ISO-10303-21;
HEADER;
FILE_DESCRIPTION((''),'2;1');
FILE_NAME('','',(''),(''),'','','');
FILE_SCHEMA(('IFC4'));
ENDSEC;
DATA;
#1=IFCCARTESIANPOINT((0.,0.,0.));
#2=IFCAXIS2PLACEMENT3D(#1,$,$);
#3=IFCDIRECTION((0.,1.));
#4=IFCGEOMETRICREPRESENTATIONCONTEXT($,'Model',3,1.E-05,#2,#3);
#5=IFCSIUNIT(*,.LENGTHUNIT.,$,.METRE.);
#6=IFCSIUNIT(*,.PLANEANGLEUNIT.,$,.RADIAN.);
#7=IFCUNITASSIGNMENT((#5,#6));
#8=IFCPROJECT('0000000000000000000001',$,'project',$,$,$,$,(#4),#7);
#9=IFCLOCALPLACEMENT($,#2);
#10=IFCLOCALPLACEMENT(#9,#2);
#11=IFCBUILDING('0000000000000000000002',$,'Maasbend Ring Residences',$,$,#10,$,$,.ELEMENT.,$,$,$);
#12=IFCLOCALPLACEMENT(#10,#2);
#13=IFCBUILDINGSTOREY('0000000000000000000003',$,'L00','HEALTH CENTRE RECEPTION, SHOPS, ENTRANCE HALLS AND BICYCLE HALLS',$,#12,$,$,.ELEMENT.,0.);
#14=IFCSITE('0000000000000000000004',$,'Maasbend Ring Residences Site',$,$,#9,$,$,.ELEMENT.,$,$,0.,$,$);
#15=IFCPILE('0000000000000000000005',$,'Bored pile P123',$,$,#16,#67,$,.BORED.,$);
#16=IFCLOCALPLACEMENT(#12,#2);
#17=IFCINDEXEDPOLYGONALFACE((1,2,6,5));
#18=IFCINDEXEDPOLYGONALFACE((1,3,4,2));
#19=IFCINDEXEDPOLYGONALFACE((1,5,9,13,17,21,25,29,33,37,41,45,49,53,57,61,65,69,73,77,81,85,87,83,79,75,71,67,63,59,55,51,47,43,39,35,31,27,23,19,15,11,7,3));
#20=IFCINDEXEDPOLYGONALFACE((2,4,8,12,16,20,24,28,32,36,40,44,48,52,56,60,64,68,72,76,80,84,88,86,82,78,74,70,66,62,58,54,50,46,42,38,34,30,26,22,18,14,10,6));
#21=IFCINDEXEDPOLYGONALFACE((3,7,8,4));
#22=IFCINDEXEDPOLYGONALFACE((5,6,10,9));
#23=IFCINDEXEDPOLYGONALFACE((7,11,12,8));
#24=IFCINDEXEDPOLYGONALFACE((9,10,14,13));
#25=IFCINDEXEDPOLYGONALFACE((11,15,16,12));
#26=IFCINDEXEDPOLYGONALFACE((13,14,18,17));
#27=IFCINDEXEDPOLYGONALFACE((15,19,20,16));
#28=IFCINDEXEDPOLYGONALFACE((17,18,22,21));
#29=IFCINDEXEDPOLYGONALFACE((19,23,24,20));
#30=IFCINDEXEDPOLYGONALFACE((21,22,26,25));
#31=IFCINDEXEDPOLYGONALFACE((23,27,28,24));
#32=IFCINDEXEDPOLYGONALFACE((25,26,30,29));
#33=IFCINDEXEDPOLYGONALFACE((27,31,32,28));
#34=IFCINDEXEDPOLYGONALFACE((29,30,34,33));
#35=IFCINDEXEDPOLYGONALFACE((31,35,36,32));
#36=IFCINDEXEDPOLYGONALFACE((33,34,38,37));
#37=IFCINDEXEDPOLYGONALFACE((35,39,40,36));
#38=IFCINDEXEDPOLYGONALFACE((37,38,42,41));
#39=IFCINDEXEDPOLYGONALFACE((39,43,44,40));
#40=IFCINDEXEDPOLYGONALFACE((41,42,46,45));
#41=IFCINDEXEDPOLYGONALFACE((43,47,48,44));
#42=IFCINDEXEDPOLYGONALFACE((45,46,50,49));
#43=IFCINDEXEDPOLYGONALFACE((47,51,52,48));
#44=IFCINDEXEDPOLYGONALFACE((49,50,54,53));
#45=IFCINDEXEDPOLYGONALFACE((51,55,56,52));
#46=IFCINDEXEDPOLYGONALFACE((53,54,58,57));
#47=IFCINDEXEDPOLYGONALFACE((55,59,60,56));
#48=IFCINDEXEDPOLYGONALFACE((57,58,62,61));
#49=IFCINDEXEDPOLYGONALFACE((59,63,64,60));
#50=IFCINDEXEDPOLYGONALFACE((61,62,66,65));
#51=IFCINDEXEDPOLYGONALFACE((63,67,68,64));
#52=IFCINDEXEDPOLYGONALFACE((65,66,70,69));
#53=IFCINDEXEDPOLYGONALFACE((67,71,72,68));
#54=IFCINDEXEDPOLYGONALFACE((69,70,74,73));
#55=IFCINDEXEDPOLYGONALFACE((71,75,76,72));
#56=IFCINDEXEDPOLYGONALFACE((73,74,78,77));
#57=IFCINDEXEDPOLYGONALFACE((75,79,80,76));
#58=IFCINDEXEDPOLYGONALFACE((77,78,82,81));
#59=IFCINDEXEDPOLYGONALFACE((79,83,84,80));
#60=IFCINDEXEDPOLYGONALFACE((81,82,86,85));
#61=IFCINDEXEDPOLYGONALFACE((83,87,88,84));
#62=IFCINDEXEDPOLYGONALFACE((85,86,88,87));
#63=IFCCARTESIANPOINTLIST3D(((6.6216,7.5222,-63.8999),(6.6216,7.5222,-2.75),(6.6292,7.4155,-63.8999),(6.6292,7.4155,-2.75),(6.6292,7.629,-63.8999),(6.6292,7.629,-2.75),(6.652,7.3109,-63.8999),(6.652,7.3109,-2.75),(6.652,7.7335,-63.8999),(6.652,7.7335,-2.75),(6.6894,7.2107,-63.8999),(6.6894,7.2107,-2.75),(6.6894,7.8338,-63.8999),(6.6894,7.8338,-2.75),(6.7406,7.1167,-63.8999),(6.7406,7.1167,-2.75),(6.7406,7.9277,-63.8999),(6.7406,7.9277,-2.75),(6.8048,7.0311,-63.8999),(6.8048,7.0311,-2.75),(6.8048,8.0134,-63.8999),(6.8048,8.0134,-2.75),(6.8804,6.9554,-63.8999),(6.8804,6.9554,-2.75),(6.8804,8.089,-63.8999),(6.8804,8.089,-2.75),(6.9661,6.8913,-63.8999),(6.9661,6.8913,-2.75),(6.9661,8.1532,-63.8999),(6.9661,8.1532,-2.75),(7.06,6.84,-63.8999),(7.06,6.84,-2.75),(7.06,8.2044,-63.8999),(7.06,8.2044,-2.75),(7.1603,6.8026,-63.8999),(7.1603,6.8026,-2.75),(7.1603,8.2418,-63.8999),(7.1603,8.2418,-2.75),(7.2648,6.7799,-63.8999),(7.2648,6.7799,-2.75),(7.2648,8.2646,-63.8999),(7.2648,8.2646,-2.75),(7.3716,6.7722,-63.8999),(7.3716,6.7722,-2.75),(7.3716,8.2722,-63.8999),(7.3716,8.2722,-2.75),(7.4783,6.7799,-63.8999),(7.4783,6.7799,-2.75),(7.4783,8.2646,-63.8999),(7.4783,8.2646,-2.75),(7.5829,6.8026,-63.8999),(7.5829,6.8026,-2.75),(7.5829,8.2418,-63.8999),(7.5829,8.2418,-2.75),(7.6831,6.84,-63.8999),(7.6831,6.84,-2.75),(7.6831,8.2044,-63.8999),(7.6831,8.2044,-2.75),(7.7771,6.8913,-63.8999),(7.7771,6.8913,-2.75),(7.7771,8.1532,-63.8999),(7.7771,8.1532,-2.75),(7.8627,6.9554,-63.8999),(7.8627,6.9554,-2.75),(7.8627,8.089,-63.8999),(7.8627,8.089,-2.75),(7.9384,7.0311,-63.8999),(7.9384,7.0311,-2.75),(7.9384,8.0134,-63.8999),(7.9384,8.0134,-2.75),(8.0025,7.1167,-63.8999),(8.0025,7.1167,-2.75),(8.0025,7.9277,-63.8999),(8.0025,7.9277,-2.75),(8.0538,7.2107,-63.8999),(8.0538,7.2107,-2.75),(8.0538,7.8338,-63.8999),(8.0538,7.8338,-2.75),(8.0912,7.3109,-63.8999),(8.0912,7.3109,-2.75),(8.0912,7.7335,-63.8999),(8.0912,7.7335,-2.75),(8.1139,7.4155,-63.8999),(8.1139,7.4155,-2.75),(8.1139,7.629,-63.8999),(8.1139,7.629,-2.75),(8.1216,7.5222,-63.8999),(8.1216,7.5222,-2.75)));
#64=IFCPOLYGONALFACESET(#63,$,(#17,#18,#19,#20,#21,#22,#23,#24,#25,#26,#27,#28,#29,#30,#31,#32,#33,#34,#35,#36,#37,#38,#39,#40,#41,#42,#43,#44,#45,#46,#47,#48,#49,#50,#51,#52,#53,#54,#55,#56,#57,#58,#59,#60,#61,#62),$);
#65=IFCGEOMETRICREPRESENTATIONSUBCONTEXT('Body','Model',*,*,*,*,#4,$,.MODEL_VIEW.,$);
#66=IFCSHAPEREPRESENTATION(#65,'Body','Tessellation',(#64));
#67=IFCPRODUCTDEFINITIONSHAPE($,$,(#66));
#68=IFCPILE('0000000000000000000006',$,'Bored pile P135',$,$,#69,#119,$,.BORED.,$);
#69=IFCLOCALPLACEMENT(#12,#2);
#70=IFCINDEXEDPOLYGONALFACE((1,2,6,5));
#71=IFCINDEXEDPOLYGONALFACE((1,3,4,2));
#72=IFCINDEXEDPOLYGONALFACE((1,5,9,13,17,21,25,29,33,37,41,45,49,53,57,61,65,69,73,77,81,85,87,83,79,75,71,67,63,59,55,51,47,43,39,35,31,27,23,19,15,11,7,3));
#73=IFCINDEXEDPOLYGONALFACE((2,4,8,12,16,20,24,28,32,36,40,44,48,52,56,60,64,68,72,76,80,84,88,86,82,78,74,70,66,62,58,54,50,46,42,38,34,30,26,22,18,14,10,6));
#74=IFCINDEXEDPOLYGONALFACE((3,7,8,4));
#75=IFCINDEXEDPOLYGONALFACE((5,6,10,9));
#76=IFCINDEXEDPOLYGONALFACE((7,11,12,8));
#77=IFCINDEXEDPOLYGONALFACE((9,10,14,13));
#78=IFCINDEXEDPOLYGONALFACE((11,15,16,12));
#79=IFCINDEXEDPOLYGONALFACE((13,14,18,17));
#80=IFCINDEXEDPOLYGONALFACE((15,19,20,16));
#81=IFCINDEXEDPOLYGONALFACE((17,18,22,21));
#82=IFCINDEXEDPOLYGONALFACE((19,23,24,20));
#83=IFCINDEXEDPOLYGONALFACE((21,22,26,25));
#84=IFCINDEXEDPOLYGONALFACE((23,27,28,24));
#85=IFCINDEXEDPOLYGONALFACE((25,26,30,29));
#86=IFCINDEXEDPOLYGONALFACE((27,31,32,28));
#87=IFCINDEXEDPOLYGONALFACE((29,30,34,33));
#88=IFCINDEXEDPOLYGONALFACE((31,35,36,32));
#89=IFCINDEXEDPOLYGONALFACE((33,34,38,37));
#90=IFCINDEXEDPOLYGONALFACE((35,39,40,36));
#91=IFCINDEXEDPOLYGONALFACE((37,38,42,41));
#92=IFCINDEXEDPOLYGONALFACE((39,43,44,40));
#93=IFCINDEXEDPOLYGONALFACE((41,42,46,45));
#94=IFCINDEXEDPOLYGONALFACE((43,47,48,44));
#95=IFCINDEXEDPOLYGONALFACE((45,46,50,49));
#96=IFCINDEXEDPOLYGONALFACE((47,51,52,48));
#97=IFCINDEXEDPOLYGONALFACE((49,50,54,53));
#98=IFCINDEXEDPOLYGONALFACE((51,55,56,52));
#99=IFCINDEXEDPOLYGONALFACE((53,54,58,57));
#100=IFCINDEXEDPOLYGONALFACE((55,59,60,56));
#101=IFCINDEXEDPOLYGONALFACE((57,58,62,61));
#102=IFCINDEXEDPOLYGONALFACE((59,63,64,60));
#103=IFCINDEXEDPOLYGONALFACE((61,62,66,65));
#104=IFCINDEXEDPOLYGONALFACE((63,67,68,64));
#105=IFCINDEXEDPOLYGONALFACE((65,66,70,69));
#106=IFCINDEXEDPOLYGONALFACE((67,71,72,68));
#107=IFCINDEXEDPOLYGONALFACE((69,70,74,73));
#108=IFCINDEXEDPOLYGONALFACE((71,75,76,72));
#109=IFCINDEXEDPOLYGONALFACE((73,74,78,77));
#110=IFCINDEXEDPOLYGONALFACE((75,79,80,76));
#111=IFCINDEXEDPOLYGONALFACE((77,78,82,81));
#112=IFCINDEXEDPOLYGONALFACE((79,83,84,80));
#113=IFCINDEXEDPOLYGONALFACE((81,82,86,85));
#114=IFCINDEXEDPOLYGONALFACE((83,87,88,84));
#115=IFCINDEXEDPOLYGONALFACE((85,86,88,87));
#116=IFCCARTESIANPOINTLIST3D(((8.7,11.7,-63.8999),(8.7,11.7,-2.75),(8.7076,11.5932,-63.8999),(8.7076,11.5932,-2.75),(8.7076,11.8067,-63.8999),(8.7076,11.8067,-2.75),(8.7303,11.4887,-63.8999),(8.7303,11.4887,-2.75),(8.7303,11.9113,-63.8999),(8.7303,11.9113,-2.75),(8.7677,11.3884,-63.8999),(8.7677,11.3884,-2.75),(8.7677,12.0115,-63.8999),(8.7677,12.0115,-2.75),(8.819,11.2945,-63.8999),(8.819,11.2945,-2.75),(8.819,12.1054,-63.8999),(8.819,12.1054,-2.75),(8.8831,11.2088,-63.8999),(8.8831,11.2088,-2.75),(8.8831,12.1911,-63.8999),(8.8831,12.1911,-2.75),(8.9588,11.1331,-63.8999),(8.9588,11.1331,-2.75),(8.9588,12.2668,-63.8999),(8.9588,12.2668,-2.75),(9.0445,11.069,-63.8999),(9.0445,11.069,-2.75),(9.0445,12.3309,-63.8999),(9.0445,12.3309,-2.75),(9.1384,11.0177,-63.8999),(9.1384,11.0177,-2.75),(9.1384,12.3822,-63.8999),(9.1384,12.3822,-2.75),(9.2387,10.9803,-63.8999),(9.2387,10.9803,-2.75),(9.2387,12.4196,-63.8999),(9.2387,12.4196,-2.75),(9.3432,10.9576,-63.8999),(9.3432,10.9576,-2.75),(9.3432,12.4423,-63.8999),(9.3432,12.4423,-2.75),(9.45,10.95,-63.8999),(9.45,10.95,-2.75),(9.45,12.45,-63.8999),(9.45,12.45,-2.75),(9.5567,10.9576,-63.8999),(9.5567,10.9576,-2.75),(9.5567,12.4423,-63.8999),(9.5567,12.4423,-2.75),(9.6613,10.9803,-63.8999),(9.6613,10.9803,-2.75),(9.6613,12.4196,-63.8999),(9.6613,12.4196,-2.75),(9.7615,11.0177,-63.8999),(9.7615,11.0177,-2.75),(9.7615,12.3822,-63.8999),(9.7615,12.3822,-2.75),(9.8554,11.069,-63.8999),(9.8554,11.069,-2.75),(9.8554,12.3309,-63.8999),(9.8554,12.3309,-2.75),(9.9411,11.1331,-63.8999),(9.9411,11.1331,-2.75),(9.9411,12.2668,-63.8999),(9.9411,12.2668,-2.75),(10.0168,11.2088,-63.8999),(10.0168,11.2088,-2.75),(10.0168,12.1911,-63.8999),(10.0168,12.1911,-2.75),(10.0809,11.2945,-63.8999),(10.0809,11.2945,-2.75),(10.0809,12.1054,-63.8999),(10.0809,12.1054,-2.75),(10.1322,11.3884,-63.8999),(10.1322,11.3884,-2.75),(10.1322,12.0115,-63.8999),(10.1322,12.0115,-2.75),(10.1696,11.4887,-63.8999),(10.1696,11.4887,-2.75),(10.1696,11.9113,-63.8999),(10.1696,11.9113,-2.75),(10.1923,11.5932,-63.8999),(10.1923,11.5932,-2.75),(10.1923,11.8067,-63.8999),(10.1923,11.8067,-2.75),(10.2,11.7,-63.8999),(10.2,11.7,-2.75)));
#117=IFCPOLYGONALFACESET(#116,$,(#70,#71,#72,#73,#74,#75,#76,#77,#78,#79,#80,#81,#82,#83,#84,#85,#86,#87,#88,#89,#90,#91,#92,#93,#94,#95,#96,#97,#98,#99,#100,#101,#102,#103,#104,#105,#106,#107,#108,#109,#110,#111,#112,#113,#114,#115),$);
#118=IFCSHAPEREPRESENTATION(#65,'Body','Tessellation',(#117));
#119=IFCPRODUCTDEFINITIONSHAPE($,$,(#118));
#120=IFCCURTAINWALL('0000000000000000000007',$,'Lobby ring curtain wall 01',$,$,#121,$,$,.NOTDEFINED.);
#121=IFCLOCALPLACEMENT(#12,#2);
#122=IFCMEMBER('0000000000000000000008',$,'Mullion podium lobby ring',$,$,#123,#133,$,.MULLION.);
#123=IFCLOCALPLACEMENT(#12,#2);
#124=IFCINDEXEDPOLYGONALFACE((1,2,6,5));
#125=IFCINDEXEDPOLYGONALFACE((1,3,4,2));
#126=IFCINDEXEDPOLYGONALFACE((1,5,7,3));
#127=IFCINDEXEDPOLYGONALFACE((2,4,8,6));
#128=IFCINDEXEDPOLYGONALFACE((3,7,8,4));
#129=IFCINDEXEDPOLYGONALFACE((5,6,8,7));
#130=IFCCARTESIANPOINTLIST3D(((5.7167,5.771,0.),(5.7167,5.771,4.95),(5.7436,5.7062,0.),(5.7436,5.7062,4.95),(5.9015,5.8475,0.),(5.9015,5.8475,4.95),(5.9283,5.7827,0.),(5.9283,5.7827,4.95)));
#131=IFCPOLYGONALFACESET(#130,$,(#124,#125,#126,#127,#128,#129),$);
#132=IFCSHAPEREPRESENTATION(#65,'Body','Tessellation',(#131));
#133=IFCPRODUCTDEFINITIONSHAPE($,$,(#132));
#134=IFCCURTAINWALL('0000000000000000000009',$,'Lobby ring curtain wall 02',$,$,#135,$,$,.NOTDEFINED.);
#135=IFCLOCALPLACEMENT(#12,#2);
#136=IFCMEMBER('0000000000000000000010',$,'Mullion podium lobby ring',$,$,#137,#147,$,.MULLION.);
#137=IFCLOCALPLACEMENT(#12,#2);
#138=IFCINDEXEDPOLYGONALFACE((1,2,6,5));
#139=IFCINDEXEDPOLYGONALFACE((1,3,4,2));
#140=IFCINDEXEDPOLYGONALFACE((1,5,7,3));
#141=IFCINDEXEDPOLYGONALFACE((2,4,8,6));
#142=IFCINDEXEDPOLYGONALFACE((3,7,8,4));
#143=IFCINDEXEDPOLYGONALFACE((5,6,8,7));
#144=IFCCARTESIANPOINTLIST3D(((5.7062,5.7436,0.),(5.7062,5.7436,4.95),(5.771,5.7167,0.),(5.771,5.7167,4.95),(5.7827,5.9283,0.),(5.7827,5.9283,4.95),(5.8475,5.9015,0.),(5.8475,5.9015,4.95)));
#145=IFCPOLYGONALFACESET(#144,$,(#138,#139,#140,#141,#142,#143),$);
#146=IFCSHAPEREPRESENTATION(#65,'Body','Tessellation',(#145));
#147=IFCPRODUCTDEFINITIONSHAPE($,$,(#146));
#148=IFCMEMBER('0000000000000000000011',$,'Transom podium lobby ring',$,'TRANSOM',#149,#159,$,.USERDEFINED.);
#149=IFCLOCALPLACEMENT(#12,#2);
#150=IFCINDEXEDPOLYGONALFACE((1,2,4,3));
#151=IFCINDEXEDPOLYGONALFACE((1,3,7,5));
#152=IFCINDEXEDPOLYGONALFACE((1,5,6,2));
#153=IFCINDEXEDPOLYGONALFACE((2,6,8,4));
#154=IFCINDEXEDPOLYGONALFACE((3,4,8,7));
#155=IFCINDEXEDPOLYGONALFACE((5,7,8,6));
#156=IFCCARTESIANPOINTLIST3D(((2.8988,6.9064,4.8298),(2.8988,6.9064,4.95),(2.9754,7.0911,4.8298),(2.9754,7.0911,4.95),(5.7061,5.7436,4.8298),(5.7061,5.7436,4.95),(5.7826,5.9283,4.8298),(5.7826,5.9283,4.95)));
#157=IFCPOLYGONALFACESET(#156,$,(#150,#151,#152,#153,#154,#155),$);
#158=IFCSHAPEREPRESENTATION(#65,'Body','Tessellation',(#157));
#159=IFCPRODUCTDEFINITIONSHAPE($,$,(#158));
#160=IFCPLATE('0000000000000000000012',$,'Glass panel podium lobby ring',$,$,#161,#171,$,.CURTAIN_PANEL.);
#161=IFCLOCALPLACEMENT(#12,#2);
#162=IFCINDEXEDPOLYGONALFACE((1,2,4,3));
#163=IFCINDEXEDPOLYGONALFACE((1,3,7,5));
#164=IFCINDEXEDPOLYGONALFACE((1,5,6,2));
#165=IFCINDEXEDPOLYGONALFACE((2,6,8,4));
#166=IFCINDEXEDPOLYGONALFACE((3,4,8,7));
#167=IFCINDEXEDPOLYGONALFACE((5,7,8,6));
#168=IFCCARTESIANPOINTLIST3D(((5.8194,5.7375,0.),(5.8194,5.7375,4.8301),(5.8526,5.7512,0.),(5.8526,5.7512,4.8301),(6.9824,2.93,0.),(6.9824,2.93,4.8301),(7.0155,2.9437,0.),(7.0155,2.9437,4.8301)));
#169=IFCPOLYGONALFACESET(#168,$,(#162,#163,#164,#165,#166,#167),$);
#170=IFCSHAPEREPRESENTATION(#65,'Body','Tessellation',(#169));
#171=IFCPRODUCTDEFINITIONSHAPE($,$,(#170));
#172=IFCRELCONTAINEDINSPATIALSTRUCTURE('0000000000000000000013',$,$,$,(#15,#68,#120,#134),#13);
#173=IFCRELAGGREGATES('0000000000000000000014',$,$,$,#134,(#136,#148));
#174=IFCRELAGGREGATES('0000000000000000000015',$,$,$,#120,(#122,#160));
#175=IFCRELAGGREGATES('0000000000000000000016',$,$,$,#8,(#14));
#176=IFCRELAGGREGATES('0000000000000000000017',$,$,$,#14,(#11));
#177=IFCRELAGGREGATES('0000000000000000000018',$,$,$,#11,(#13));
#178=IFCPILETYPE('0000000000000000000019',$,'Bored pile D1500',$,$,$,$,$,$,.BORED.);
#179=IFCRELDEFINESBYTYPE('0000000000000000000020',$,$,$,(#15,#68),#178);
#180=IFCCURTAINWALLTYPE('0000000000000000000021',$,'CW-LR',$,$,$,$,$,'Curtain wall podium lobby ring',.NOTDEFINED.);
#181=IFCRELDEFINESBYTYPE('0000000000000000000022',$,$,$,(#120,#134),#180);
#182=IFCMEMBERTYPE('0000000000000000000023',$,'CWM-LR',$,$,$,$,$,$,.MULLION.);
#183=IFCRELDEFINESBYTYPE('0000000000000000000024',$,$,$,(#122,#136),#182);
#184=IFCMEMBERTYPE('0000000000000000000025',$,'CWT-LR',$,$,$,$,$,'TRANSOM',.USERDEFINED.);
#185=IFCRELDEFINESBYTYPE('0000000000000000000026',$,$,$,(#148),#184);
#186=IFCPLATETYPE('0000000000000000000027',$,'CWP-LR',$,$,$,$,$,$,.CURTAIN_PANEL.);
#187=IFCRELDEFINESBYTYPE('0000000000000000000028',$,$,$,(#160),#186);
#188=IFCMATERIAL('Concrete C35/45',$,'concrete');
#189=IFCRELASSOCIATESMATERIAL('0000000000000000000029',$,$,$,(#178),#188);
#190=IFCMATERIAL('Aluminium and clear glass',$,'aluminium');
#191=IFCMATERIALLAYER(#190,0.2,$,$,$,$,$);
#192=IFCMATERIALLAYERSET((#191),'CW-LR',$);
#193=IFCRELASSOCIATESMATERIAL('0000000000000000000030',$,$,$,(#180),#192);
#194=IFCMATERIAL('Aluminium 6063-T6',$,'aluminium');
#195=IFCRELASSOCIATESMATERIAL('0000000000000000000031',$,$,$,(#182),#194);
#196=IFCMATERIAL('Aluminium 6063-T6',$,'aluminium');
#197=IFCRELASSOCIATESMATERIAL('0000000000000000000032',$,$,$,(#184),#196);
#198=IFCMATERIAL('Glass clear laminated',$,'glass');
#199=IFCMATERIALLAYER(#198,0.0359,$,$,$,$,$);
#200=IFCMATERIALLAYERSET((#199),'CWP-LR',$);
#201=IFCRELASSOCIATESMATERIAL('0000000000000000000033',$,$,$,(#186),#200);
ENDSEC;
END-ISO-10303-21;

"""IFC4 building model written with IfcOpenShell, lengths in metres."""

from ifc_helpers import new_model, si_unit, direction, frame, origin, origin_2d, place, context, subcontext, project, spatial, rectangle, circle, extrude, material, layer, layer_set, material_profile, profile_set, type_object, element, aggregate, save


model = new_model("IFC4")

# Units and contexts
model_context = context("Model", 3, precision=1e-05, world=origin(), true_north=direction((0.0, 1.0)))
body_context = subcontext(model_context, "Body", "Model", "MODEL_VIEW")
ifc_project = project(units=[si_unit("LENGTHUNIT", "METRE"), si_unit("PLANEANGLEUNIT", "RADIAN")], contexts=[model_context])

# Site, building, storey
site_placement = place(None, origin())
site = spatial("IfcSite", under=ifc_project, at=site_placement, Name="Maasbend Ring Residences Site", CompositionType="ELEMENT", RefElevation=0.0)
building_placement = place(site_placement, origin())
building = spatial("IfcBuilding", under=site, at=building_placement, Name="Maasbend Ring Residences", CompositionType="ELEMENT")
storey_placement = place(building_placement, origin())
storey = spatial("IfcBuildingStorey", under=building, at=storey_placement, Name="L00", Description="HEALTH CENTRE RECEPTION, SHOPS, ENTRANCE HALLS AND BICYCLE HALLS", CompositionType="ELEMENT", Elevation=0.0)

# Piles
ifc_material_1 = material(Name="Concrete C35/45", Category="concrete")
ifc_material_profile_1 = material_profile(ifc_material_1, circle(Radius=0.75, at=origin_2d()), Name="Bored pile D1500")
ifc_profile_set_1 = profile_set([ifc_material_profile_1], Name="Concrete C35/45")
pile_type = type_object("IfcPileType", Name="Bored pile D1500", PredefinedType="BORED", material=ifc_profile_set_1)
for number, where, z_axis, x_axis, name in (
    (1, (7.3716, 7.5222, -2.75), (0.0, 0.0, -1.0), (1.0, 0.0, 0.0), "Bored pile P123"),
    (2, (9.45, 11.7, -2.75), (0.0, 0.0, -1.0), (1.0, 0.0, 0.0), "Bored pile P135"),
):
    element("IfcPile", number, at=place(storey_placement, frame(where, z_axis=z_axis, x_axis=x_axis)), inside=storey, type_object=pile_type, Name=name, PredefinedType="BORED", context=body_context, shape_type="SweptSolid", body=[
        extrude(circle(Radius=0.75, at=origin_2d()), origin(), (0.0, 0.0, 1.0), 61.1499),
    ])

# Curtain wall, member
ifc_material_2 = material(Name="Aluminium and clear glass", Category="aluminium")
ifc_layer_1 = layer(ifc_material_2, 0.2)
ifc_layer_set_1 = layer_set([ifc_layer_1], Name="CW-LR")
curtain_wall_type = type_object("IfcCurtainWallType", Name="CW-LR", ElementType="Curtain wall podium lobby ring", PredefinedType="NOTDEFINED", material=ifc_layer_set_1)
curtain_wall_1_placement = place(storey_placement, origin())
curtain_wall_1 = element("IfcCurtainWall", 3, at=curtain_wall_1_placement, inside=storey, type_object=curtain_wall_type, Name="Lobby ring curtain wall 01", PredefinedType="NOTDEFINED")
ifc_material_3 = material(Name="Aluminium 6063-T6", Category="aluminium")
ifc_material_profile_2 = material_profile(ifc_material_3, rectangle(XDim=0.2, YDim=0.0701, at=origin_2d()), Name="AL 200x70")
ifc_profile_set_2 = profile_set([ifc_material_profile_2], Name="Aluminium 6063-T6")
member_type_1 = type_object("IfcMemberType", Name="CWM-LR", PredefinedType="MULLION", material=ifc_profile_set_2)
member_1_placement = place(storey_placement, frame((5.8225, 5.7769, 0.0), z_axis=(0.0, 0.0, 1.0), x_axis=(-0.92388, -0.382683, 0.0)))
member_1 = element("IfcMember", 4, at=member_1_placement, type_object=member_type_1, Name="Mullion podium lobby ring", PredefinedType="MULLION", context=body_context, shape_type="SweptSolid", body=[
    extrude(rectangle(XDim=0.2, YDim=0.0701, at=origin_2d()), origin(), (0.0, 0.0, 1.0), 4.95),
])

# Curtain wall, members
curtain_wall_2_placement = place(storey_placement, origin())
curtain_wall_2 = element("IfcCurtainWall", 5, at=curtain_wall_2_placement, inside=storey, type_object=curtain_wall_type, Name="Lobby ring curtain wall 02", PredefinedType="NOTDEFINED")
member_2_placement = place(storey_placement, frame((5.7769, 5.8225, 0.0), z_axis=(0.0, 0.0, 1.0), x_axis=(-0.382683, -0.92388, 0.0)))
member_2 = element("IfcMember", 6, at=member_2_placement, type_object=member_type_1, Name="Mullion podium lobby ring", PredefinedType="MULLION", context=body_context, shape_type="SweptSolid", body=[
    extrude(rectangle(XDim=0.2, YDim=0.0701, at=origin_2d()), origin(), (0.0, 0.0, 1.0), 4.95),
])
ifc_material_4 = material(Name="Aluminium 6063-T6", Category="aluminium")
ifc_material_profile_3 = material_profile(ifc_material_4, rectangle(XDim=0.2, YDim=0.1201, at=origin_2d()), Name="AL 200x120")
ifc_profile_set_3 = profile_set([ifc_material_profile_3], Name="Aluminium 6063-T6")
member_type_2 = type_object("IfcMemberType", Name="CWT-LR", ElementType="TRANSOM", PredefinedType="USERDEFINED", material=ifc_profile_set_3)
member_3_placement = place(storey_placement, frame((5.7444, 5.8359, 4.8899), z_axis=(-0.923881, 0.382681, 0.0), x_axis=(-0.382681, -0.923881, 0.0)))
member_3 = element("IfcMember", 7, at=member_3_placement, type_object=member_type_2, Name="Transom podium lobby ring", ObjectType="TRANSOM", PredefinedType="USERDEFINED", context=body_context, shape_type="SweptSolid", body=[
    extrude(rectangle(XDim=0.2, YDim=0.1201, at=origin_2d()), origin(), (0.0, 0.0, 1.0), 3.0386),
])
aggregate(curtain_wall_2, [member_2, member_3])

# Plate
ifc_material_5 = material(Name="Glass clear laminated", Category="glass")
ifc_layer_2 = layer(ifc_material_5, 0.0359)
ifc_layer_set_2 = layer_set([ifc_layer_2], Name="CWP-LR")
plate_type = type_object("IfcPlateType", Name="CWP-LR", PredefinedType="CURTAIN_PANEL", material=ifc_layer_set_2)
plate_placement = place(storey_placement, frame((6.4175, 4.3406, 0.0), z_axis=(0.0, 0.0, 1.0), x_axis=(-0.382683, 0.92388, 0.0)))
plate = element("IfcPlate", 8, at=plate_placement, type_object=plate_type, Name="Glass panel podium lobby ring", PredefinedType="CURTAIN_PANEL", context=body_context, shape_type="SweptSolid", body=[
    extrude(rectangle(XDim=3.0388, YDim=0.0359, at=origin_2d()), origin(), (0.0, 0.0, 1.0), 4.8301),
])
aggregate(curtain_wall_1, [member_1, plate])

save(model, "model.ifc")
